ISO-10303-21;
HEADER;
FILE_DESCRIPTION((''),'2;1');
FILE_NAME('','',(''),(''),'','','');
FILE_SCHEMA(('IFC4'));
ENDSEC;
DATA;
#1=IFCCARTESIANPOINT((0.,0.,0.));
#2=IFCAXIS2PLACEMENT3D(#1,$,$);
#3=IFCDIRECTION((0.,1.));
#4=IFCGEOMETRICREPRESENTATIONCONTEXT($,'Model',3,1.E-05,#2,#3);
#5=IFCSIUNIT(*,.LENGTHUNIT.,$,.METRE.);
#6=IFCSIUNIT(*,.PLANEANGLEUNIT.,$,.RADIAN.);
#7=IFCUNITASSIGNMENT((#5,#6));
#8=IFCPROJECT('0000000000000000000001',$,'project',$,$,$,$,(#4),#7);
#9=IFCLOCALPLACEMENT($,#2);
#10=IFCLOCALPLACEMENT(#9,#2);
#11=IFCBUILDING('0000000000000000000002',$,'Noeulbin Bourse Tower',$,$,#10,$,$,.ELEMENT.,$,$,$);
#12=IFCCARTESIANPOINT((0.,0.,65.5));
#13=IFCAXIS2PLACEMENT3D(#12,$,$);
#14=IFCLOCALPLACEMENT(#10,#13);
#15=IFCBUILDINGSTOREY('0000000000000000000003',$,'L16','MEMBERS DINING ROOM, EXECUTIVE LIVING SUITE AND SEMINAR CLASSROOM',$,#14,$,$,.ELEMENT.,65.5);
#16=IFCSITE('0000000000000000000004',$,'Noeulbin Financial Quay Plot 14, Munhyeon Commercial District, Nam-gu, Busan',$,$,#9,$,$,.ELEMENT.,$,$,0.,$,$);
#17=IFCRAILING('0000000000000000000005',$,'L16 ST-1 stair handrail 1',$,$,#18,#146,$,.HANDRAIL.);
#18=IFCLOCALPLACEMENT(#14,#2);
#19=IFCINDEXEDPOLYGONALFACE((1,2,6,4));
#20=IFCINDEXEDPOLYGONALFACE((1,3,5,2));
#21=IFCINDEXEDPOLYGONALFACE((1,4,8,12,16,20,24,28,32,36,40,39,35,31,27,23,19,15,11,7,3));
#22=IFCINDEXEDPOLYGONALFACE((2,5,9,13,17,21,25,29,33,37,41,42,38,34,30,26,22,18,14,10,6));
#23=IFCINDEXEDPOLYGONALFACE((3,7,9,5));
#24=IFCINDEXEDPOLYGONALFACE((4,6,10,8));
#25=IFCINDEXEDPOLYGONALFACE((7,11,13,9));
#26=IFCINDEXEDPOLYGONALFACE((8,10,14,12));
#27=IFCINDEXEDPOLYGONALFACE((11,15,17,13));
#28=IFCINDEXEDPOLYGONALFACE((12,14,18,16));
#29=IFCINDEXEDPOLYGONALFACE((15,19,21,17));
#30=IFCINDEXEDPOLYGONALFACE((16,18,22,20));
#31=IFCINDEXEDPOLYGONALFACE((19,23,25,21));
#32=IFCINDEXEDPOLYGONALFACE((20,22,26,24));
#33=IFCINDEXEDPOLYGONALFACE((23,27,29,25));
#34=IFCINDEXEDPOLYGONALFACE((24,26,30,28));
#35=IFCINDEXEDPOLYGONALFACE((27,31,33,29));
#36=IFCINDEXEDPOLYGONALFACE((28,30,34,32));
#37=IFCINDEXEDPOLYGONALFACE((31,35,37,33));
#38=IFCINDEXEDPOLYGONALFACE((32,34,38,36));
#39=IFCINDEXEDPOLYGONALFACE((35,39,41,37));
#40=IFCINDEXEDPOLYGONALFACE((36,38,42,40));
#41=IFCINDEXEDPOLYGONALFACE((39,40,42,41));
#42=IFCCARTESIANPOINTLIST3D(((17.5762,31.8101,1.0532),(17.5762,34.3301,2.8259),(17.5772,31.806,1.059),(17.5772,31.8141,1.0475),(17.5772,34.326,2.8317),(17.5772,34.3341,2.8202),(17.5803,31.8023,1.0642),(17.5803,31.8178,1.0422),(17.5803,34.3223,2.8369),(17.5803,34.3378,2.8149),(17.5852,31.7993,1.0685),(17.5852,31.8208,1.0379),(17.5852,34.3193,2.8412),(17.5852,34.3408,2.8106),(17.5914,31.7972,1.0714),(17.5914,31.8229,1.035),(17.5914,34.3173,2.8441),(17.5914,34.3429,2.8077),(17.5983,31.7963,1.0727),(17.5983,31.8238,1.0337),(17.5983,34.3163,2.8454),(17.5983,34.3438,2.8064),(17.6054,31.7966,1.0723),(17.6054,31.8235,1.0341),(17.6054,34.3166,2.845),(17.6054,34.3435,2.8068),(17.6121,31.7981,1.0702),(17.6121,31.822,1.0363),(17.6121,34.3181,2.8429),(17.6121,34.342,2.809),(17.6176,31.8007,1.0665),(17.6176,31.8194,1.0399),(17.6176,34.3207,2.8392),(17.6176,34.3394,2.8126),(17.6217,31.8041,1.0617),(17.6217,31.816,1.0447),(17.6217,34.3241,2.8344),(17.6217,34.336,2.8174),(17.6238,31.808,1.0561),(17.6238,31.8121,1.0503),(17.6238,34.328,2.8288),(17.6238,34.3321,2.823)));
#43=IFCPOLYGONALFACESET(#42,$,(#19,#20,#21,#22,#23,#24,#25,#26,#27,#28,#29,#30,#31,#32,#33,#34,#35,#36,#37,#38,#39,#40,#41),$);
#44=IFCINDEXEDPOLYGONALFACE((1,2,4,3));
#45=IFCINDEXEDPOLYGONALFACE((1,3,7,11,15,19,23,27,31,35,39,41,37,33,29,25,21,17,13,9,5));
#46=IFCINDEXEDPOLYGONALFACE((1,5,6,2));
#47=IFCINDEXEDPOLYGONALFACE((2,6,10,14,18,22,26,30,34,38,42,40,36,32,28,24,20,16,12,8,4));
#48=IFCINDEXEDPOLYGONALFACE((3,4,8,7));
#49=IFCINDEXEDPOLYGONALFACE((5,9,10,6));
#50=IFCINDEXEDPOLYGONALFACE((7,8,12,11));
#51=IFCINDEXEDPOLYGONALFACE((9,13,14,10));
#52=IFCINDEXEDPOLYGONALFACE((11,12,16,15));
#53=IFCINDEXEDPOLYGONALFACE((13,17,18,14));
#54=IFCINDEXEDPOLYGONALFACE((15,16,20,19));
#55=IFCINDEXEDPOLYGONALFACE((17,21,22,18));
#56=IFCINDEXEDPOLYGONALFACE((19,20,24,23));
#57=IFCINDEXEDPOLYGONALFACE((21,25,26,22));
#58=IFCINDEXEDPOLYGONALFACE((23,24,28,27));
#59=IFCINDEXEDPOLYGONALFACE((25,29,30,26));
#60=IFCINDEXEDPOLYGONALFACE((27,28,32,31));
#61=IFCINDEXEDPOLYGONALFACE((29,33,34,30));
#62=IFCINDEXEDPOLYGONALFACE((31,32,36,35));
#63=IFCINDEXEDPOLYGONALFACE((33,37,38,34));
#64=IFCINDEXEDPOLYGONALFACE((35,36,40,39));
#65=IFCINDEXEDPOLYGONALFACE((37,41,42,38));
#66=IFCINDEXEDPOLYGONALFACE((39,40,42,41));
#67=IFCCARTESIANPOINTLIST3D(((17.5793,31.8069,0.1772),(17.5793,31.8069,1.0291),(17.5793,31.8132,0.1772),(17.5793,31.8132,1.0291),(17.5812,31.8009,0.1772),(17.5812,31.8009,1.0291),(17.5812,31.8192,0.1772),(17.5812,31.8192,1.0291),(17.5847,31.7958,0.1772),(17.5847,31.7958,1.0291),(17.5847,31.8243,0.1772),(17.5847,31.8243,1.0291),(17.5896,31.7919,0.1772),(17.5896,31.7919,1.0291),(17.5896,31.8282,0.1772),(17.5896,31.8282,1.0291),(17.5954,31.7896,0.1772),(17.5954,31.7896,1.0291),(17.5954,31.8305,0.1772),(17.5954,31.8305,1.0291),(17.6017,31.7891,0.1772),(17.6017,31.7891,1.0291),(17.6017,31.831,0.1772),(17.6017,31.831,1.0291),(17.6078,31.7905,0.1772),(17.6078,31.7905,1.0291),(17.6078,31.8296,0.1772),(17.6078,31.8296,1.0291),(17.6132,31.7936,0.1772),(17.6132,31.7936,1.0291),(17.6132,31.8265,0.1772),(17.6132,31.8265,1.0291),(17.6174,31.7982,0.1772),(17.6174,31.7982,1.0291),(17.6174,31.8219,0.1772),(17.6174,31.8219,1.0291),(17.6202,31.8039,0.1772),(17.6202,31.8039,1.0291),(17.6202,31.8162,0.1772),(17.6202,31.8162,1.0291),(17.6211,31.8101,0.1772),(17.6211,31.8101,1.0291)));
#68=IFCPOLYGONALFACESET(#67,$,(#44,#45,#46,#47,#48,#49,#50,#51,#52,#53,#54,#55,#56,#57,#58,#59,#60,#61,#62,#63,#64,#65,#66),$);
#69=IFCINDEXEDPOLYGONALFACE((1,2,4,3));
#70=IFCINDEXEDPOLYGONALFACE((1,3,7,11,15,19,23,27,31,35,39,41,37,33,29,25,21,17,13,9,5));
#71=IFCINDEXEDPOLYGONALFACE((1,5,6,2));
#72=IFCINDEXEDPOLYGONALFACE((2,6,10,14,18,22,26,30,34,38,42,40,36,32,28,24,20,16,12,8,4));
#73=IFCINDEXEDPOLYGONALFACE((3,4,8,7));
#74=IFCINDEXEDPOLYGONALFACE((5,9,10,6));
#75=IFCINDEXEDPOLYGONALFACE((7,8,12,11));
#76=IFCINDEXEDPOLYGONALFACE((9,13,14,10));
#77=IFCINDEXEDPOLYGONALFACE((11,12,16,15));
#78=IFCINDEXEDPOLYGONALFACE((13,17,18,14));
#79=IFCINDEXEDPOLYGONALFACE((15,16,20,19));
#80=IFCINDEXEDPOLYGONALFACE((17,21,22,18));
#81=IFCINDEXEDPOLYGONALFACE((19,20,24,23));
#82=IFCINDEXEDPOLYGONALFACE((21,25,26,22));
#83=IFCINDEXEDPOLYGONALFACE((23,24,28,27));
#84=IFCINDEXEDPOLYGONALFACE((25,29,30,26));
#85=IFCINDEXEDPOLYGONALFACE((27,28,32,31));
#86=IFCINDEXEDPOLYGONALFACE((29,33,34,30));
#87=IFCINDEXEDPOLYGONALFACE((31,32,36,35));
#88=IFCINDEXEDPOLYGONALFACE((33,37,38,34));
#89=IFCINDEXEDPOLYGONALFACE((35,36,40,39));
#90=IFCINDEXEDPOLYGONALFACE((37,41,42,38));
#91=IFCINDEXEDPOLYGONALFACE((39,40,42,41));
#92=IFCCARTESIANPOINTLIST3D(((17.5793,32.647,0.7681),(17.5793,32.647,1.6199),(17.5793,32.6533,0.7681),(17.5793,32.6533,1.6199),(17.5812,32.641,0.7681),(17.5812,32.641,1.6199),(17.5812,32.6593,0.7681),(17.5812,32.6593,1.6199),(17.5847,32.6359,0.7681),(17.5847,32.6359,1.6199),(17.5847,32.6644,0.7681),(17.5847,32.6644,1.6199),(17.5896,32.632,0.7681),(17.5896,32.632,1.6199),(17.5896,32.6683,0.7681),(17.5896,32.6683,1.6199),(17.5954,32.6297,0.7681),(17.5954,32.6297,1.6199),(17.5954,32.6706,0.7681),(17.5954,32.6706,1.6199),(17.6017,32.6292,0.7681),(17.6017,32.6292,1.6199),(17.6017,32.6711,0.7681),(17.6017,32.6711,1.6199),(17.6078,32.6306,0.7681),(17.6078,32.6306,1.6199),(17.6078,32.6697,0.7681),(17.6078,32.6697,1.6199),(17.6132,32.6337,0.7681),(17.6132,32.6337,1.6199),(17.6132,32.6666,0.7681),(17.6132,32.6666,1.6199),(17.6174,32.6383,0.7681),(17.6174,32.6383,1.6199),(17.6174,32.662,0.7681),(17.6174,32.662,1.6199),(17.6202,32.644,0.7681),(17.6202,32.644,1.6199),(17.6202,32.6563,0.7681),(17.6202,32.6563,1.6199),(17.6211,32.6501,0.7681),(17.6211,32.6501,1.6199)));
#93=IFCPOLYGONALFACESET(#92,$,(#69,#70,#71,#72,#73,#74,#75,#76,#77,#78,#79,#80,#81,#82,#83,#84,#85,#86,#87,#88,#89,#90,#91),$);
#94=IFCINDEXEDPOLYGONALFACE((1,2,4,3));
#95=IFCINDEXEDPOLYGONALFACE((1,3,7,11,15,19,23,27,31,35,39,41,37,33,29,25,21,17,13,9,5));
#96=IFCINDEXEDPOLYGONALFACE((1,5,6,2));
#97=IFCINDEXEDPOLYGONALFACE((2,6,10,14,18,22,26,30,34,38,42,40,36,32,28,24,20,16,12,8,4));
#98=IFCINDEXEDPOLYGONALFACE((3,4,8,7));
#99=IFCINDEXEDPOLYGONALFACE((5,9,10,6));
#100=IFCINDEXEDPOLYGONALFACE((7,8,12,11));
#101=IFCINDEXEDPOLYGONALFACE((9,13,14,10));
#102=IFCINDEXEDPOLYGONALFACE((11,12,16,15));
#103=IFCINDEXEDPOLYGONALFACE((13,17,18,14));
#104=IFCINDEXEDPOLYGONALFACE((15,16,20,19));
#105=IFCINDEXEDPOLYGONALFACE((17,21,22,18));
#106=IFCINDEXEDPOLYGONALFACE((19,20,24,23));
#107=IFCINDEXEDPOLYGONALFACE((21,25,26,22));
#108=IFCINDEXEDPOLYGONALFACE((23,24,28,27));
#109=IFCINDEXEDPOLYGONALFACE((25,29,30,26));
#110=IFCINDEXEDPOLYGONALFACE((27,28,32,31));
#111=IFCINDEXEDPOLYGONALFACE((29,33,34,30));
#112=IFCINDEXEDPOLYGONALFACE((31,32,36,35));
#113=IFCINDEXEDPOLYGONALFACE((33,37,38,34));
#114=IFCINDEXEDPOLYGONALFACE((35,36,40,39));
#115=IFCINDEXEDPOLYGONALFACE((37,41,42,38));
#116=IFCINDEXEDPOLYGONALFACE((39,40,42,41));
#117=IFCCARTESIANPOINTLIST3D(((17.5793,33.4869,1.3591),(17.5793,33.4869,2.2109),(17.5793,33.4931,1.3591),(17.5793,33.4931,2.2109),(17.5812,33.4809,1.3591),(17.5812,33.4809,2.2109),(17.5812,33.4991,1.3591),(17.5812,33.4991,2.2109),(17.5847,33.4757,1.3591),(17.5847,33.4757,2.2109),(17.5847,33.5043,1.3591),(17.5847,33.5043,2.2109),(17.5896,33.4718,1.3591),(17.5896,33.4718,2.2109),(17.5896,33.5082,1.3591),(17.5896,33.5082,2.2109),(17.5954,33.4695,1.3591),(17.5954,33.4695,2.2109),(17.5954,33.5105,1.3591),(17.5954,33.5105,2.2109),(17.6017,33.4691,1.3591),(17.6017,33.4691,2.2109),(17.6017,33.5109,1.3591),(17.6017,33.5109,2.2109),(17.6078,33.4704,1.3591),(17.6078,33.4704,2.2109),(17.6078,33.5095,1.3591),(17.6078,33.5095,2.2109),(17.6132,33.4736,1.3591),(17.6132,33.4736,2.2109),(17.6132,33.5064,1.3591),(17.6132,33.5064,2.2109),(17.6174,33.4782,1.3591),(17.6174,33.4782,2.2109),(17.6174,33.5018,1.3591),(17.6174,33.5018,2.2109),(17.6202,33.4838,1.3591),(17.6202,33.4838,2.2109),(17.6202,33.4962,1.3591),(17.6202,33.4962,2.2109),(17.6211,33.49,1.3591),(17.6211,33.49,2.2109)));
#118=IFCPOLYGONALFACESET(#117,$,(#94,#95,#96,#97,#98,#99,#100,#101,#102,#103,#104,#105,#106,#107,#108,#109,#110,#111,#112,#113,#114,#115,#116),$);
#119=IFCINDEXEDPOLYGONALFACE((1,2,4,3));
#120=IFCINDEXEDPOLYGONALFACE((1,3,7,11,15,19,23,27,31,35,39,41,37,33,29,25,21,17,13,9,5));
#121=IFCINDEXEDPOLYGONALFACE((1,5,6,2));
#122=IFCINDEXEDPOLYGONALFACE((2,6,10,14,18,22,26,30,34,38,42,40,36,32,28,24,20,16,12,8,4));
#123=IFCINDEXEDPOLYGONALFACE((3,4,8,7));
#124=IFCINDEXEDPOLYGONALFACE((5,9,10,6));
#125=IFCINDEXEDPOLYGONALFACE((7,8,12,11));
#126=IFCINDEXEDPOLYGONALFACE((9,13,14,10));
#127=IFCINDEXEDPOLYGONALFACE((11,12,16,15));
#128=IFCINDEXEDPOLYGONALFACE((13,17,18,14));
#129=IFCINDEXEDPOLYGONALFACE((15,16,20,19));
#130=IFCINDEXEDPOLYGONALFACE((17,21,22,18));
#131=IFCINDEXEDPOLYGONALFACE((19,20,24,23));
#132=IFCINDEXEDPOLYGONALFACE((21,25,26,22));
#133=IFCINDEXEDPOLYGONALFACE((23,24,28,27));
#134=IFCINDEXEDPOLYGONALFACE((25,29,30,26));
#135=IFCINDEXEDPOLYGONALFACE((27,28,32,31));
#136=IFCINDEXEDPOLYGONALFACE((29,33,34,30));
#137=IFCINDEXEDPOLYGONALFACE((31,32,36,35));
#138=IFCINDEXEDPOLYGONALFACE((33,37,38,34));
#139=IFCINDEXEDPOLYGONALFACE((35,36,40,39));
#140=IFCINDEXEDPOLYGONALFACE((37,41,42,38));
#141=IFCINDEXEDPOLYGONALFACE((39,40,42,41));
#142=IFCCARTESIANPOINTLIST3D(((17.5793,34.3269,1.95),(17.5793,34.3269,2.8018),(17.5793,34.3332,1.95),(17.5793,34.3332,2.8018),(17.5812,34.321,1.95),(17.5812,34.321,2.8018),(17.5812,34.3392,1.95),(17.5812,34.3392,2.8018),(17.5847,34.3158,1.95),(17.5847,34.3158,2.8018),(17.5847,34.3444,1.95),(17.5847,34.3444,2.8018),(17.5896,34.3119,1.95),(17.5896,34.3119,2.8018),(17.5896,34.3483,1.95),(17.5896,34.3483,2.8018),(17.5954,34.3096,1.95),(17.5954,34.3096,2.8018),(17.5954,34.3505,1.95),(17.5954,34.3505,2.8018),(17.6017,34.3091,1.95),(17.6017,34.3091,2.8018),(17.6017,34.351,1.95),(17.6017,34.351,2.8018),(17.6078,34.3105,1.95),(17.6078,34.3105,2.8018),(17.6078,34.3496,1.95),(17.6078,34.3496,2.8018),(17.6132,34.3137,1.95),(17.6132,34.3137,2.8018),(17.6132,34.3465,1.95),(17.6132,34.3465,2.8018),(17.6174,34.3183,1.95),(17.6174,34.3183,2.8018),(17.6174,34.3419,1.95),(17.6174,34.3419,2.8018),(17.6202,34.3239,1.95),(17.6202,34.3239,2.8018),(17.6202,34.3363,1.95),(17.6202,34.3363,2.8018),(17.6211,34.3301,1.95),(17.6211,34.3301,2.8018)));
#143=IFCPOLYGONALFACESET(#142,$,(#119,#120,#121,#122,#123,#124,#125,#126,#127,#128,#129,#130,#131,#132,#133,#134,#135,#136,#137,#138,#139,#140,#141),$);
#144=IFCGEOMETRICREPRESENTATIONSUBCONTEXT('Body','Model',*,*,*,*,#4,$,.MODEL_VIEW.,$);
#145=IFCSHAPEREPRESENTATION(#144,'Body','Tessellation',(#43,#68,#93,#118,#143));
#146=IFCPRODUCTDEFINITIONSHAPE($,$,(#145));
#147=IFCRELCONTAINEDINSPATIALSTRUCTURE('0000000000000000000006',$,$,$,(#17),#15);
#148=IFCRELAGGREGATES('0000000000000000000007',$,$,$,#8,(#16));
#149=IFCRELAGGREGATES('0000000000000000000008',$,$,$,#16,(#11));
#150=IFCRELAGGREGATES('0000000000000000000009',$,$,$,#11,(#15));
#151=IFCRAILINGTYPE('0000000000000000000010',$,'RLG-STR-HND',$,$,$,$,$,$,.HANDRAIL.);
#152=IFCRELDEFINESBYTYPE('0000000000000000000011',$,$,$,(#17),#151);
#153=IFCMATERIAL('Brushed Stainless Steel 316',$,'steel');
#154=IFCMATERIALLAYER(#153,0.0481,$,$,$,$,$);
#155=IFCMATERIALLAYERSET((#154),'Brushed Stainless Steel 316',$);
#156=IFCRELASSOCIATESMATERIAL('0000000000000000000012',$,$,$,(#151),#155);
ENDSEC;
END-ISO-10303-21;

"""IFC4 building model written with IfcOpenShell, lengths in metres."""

from ifc_helpers import new_model, si_unit, direction, frame, origin, origin_2d, place, context, subcontext, project, spatial, circle, extrude, material, layer, layer_set, type_object, element, save


model = new_model("IFC4")

# Units and contexts
model_context = context("Model", 3, precision=1e-05, world=origin(), true_north=direction((0.0, 1.0)))
body_context = subcontext(model_context, "Body", "Model", "MODEL_VIEW")
ifc_project = project(units=[si_unit("LENGTHUNIT", "METRE"), si_unit("PLANEANGLEUNIT", "RADIAN")], contexts=[model_context])

# Site, building, storey
site_placement = place(None, origin())
site = spatial("IfcSite", under=ifc_project, at=site_placement, Name="Noeulbin Financial Quay Plot 14, Munhyeon Commercial District, Nam-gu, Busan", CompositionType="ELEMENT", RefElevation=0.0)
building_placement = place(site_placement, origin())
building = spatial("IfcBuilding", under=site, at=building_placement, Name="Noeulbin Bourse Tower", CompositionType="ELEMENT")
storey_placement = place(building_placement, frame((0.0, 0.0, 65.5)))
storey = spatial("IfcBuildingStorey", under=building, at=storey_placement, Name="L16", Description="MEMBERS DINING ROOM, EXECUTIVE LIVING SUITE AND SEMINAR CLASSROOM", CompositionType="ELEMENT", Elevation=65.5)

# Shared definitions
ifc_material_1 = material(Name="Brushed Stainless Steel 316", Category="steel")

# Railing
ifc_layer_1 = layer(ifc_material_1, 0.0481)
ifc_layer_set_1 = layer_set([ifc_layer_1], Name="Brushed Stainless Steel 316")
railing_type_1 = type_object("IfcRailingType", Name="RLG-STR-HND", PredefinedType="HANDRAIL", material=ifc_layer_set_1)
railing_1_placement = place(storey_placement, frame((17.6001, 31.8101, 0.1772)))
element("IfcRailing", 1, at=railing_1_placement, inside=storey, type_object=railing_type_1, Name="L16 ST-1 stair handrail 1", PredefinedType="HANDRAIL", context=body_context, shape_type="SweptSolid", body=[
    extrude(circle(Radius=0.0239, at=origin_2d()), frame((0.0, 0.0, 0.876), z_axis=(0.0, 0.817904, 0.575354), x_axis=(-1.0, 0.0, 0.0)), (0.0, 0.0, 1.0), 3.0811),
    extrude(circle(Radius=0.021, at=origin_2d()), origin(), (0.0, 0.0, 1.0), 0.8518),
    extrude(circle(Radius=0.021, at=origin_2d()), frame((0.0, 0.8401, 0.5908)), (0.0, 0.0, 1.0), 0.8518),
    extrude(circle(Radius=0.021, at=origin_2d()), frame((0.0, 1.6799, 1.1819)), (0.0, 0.0, 1.0), 0.8518),
    extrude(circle(Radius=0.021, at=origin_2d()), frame((0.0, 2.52, 1.7727)), (0.0, 0.0, 1.0), 0.8518),
])

save(model, "model.ifc")
